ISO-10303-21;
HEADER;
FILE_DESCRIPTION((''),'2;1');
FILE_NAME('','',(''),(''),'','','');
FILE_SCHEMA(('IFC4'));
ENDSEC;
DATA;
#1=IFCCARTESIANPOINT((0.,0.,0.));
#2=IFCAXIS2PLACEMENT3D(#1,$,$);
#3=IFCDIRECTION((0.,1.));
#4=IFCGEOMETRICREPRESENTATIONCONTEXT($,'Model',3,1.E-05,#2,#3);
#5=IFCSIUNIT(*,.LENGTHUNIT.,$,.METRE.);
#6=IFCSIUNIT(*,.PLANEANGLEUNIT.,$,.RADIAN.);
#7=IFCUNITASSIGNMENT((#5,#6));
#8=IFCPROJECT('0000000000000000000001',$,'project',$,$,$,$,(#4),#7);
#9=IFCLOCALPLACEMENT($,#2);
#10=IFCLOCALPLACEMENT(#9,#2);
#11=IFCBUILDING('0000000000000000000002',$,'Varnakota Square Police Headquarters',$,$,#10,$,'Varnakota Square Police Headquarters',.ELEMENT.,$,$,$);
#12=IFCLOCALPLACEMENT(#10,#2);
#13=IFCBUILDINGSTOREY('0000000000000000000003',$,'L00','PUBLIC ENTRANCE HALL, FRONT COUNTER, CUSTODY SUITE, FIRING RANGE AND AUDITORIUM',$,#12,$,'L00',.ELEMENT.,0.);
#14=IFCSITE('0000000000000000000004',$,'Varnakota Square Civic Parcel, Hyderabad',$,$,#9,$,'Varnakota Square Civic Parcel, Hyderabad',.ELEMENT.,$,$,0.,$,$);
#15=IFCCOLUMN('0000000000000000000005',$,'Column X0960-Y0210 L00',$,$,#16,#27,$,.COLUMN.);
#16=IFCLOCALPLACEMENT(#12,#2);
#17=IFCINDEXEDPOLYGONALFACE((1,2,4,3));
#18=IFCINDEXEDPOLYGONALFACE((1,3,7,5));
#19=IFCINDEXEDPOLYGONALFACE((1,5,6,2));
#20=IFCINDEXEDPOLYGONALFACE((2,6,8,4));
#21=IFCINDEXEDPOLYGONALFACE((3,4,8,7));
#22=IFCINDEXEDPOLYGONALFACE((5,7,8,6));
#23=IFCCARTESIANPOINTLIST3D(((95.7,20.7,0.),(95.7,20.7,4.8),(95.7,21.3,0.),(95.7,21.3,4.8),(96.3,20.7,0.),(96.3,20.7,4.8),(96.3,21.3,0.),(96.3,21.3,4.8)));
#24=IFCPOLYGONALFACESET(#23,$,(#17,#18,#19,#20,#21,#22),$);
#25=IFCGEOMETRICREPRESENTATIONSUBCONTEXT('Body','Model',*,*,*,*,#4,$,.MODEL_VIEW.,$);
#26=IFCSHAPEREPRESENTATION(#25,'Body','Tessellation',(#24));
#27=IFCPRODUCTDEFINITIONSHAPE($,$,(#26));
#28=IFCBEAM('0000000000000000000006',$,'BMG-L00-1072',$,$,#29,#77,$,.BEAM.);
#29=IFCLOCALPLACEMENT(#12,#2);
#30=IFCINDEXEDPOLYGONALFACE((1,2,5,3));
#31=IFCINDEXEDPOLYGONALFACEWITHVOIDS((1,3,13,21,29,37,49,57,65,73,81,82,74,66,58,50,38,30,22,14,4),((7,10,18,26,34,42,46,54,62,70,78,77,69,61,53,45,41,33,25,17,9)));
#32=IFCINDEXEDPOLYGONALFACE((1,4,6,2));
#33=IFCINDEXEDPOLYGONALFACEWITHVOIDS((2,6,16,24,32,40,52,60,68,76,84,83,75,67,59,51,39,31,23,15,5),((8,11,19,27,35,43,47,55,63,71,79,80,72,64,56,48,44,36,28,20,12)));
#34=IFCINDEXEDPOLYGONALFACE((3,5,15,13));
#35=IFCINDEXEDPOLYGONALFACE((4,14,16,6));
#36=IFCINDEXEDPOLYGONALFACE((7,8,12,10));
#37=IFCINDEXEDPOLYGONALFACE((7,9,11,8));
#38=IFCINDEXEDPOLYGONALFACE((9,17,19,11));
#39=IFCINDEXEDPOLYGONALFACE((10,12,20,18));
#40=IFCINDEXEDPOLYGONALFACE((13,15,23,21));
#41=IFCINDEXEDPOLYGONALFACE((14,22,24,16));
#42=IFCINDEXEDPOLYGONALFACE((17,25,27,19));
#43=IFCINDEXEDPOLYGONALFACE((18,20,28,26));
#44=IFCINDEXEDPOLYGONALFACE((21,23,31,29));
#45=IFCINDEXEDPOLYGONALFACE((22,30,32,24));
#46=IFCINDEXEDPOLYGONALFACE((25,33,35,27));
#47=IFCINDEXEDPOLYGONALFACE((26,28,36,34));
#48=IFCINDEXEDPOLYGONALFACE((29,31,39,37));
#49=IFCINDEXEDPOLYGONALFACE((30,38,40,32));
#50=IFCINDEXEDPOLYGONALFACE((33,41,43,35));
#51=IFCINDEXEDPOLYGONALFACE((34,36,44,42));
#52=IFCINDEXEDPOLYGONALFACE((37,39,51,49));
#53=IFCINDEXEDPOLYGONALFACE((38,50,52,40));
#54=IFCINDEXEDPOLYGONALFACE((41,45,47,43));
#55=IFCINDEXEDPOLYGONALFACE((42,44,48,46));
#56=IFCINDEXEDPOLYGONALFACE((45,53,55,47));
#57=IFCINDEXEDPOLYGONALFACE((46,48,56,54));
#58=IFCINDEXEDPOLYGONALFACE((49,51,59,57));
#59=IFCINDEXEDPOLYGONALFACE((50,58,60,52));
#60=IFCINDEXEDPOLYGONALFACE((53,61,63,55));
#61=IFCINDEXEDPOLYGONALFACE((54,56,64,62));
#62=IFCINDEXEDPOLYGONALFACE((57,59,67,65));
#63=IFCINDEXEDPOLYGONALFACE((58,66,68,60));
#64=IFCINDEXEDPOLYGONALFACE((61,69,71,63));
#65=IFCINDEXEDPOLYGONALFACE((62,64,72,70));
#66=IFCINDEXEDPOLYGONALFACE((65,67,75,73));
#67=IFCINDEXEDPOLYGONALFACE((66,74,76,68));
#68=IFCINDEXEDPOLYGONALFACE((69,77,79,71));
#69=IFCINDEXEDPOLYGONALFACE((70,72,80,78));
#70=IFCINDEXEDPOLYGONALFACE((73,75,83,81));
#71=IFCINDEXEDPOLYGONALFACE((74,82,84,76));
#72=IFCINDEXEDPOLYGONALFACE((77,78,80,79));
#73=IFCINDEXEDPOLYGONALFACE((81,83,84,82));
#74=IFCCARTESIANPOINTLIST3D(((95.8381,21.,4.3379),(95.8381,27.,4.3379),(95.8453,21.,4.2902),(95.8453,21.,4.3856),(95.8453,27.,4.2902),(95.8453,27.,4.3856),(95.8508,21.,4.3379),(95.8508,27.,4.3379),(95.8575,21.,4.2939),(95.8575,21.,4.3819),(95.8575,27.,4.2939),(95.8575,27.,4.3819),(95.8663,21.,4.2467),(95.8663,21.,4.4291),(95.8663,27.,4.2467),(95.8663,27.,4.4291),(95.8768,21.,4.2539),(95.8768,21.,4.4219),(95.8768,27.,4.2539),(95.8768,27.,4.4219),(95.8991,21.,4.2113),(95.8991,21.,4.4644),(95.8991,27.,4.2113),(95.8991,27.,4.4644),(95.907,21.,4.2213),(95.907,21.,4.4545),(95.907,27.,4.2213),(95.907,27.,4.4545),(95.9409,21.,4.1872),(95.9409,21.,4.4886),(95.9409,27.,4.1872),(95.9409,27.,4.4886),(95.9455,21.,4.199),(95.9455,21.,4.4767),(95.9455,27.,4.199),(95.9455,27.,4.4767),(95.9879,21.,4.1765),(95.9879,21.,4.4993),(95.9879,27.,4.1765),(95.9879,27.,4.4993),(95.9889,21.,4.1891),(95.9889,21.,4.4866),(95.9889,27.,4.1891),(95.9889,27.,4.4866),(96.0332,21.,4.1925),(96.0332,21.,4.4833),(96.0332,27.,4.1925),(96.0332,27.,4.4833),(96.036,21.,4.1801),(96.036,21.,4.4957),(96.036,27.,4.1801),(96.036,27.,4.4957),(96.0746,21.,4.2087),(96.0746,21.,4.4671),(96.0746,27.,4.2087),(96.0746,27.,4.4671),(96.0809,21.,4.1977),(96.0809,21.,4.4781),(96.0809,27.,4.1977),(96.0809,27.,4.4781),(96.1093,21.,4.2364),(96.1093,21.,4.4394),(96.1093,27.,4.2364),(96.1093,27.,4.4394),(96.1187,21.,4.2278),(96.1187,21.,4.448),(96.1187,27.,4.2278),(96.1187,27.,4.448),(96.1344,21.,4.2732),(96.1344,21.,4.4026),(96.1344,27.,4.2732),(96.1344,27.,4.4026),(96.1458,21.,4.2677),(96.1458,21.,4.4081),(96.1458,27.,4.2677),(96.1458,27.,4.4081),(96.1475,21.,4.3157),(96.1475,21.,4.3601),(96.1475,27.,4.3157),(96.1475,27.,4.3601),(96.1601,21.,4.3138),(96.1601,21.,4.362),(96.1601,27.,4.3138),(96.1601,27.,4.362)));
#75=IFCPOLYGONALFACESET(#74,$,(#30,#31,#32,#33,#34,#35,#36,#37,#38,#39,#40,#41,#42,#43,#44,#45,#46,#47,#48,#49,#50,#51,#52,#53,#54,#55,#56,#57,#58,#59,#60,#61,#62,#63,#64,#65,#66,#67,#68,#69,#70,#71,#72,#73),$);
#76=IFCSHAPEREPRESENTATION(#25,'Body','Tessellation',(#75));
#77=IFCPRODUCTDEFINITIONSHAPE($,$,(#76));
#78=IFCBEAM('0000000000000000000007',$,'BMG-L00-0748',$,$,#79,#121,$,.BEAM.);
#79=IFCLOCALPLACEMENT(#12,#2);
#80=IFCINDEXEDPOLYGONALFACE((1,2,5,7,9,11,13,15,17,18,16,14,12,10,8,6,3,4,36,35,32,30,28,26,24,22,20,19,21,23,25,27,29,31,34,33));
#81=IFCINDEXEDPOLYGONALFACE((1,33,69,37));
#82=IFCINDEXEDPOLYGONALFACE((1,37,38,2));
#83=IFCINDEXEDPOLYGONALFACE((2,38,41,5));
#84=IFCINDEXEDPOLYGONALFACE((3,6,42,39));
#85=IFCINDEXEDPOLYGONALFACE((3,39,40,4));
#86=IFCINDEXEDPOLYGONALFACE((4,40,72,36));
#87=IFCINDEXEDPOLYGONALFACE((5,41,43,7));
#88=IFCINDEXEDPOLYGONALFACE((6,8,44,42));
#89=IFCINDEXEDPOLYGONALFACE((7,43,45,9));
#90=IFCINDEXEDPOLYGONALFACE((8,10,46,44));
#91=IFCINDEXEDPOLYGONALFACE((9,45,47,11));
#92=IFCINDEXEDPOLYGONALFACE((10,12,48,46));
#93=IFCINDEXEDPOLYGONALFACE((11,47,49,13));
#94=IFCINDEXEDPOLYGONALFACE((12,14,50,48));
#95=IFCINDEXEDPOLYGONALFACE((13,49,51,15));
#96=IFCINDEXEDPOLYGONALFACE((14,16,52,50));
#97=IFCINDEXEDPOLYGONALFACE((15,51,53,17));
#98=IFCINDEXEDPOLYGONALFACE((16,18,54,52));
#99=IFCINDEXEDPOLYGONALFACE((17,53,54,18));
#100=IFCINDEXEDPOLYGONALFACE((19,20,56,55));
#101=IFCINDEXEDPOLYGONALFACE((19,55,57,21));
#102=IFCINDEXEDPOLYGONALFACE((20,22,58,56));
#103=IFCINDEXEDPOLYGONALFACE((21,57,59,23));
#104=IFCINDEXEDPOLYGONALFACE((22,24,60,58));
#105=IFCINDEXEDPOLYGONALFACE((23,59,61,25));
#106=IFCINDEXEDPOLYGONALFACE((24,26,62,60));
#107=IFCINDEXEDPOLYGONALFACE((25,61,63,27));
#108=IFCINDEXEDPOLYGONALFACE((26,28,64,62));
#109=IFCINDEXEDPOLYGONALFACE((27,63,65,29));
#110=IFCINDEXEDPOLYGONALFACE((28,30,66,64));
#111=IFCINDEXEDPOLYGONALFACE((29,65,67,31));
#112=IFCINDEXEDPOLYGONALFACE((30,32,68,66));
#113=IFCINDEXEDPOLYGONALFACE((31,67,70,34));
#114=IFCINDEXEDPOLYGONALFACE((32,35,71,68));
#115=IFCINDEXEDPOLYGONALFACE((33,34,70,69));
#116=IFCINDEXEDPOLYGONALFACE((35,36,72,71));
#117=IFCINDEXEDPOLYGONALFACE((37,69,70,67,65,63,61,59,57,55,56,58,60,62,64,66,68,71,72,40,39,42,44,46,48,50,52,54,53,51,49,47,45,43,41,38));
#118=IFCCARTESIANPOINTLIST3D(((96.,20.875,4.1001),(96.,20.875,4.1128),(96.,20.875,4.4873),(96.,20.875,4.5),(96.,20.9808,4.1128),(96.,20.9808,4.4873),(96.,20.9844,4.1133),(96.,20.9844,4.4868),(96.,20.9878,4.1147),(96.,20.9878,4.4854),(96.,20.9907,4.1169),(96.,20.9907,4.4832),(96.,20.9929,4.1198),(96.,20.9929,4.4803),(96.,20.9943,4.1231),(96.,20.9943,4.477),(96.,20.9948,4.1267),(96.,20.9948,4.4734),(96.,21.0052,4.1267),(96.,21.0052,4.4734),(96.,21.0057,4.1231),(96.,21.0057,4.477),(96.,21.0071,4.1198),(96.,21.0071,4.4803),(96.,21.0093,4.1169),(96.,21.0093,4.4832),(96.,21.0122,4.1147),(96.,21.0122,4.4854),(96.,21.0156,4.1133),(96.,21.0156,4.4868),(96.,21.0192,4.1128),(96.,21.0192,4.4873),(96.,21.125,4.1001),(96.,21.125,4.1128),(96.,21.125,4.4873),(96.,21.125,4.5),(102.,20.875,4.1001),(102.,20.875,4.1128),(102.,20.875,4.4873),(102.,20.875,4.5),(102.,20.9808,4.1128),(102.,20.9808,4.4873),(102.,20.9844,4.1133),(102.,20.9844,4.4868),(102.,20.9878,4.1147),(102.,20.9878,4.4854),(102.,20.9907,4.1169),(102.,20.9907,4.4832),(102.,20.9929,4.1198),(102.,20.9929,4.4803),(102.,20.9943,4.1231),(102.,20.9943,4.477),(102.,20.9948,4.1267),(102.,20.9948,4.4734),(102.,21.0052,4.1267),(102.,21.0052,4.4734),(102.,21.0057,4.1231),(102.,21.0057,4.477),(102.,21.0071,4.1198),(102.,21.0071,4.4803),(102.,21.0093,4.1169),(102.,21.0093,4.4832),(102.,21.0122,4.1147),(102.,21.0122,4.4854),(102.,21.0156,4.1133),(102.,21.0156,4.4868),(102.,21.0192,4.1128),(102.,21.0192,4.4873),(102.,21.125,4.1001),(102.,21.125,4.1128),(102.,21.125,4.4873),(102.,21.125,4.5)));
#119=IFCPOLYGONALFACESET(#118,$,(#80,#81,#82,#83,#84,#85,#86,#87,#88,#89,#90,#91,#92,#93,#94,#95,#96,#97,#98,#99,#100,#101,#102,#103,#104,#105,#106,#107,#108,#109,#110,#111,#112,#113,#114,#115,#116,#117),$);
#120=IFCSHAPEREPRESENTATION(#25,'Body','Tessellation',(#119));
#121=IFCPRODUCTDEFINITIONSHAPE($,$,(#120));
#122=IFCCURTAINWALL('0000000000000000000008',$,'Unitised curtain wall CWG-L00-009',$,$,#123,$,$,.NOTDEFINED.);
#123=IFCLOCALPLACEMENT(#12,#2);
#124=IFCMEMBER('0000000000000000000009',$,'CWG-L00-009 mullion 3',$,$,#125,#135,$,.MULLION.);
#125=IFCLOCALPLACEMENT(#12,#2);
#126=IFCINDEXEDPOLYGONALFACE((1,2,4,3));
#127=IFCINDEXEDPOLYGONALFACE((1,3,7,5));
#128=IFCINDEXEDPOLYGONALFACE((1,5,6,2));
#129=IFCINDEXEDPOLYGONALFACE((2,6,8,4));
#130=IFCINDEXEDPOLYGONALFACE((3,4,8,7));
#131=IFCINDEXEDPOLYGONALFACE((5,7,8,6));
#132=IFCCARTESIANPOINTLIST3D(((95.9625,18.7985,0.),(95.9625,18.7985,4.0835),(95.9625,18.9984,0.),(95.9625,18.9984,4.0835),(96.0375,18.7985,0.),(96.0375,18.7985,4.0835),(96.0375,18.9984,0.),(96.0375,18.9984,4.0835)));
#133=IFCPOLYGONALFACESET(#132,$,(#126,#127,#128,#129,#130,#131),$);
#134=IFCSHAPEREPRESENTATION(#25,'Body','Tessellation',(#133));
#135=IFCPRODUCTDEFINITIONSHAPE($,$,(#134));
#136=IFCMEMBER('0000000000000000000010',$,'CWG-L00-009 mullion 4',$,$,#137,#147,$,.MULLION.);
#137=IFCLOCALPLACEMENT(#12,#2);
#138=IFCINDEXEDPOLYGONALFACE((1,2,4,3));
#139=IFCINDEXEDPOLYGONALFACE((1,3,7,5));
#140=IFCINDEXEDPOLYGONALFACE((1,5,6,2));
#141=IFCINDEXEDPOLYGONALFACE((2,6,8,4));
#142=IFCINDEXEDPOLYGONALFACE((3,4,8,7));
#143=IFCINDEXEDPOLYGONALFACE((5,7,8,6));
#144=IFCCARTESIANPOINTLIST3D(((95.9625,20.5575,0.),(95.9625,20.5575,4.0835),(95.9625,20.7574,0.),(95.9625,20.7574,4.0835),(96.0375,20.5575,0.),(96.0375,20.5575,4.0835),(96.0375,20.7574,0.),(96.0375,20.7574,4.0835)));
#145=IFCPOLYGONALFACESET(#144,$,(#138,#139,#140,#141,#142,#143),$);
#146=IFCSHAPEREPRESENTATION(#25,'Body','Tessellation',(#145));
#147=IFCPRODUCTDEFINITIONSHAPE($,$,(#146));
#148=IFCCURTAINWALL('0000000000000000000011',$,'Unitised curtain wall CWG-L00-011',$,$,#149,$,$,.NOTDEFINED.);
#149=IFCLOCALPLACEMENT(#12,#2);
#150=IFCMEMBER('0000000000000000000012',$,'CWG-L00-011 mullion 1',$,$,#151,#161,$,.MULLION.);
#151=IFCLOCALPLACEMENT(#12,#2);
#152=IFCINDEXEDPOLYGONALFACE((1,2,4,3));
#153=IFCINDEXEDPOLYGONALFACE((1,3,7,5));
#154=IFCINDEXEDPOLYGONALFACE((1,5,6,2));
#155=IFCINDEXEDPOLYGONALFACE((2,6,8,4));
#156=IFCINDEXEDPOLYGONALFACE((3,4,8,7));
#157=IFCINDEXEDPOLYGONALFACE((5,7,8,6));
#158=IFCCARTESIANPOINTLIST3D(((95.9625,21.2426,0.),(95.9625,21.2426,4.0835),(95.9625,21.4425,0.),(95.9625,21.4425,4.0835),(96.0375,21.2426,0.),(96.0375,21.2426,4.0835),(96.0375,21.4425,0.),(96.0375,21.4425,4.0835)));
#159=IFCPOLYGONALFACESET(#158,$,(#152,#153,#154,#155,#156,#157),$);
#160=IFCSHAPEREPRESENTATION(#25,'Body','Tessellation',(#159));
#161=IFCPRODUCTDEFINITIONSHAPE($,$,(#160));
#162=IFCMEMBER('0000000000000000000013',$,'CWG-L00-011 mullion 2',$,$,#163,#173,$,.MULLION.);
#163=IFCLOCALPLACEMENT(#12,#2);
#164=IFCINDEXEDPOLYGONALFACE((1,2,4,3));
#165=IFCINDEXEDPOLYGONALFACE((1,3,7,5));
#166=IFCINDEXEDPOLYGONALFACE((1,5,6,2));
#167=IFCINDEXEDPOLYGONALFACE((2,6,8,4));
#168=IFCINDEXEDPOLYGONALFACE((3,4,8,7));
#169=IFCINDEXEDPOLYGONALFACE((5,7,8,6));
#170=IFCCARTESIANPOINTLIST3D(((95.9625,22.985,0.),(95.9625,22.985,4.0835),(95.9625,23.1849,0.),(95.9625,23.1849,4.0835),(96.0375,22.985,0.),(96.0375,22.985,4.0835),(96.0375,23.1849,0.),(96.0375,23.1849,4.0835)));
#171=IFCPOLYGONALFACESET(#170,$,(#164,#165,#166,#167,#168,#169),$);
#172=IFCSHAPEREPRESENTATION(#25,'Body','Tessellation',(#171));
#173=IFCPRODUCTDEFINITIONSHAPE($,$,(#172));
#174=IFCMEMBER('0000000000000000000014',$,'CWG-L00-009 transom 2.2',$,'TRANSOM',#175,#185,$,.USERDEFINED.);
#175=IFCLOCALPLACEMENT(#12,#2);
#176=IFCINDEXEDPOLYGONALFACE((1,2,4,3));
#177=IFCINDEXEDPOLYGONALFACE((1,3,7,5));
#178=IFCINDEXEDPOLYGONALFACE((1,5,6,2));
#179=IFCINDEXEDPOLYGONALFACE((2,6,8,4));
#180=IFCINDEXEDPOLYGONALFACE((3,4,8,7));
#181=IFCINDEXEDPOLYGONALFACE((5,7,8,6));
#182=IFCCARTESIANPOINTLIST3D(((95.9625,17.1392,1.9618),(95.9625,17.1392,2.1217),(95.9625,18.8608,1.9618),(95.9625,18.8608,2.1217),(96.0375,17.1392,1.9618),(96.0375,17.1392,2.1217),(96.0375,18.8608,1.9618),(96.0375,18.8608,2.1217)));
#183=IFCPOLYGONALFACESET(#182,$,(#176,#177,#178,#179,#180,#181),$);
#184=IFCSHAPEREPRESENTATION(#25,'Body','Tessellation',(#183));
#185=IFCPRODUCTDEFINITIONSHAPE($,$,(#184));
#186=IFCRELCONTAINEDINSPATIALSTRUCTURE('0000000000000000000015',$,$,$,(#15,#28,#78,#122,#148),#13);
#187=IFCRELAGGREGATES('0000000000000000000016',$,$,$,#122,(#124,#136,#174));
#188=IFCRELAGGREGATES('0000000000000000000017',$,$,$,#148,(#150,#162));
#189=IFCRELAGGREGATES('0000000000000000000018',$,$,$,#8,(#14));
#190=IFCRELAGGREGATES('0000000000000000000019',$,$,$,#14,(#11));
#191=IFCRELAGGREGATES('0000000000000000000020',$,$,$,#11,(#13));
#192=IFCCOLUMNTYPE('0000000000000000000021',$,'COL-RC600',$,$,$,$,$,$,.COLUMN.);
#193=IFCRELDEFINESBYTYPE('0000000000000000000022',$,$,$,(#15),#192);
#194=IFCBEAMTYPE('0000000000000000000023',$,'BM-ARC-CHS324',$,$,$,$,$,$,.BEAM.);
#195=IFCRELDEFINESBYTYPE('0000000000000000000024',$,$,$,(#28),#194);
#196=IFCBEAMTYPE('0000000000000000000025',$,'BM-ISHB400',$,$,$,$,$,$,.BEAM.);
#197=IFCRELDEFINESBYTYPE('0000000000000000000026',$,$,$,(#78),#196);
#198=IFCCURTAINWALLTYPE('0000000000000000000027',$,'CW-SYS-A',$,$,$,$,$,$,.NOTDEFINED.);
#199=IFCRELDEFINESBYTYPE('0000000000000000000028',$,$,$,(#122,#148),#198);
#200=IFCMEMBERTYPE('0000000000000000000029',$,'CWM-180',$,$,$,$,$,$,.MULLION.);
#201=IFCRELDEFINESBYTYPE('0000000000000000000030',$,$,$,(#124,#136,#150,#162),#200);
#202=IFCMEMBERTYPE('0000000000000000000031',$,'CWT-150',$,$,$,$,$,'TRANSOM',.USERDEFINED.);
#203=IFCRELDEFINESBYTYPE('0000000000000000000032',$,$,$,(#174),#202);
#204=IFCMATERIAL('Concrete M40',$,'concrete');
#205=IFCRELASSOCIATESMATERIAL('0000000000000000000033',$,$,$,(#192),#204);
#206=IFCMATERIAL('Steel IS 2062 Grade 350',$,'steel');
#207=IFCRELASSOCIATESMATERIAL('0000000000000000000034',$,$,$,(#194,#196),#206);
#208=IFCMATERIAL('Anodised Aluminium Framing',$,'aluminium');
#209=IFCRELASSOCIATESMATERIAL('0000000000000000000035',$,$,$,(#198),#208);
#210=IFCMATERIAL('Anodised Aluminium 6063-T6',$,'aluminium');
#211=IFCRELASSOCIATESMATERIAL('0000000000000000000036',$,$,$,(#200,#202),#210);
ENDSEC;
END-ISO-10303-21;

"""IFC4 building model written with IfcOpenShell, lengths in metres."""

from ifc_helpers import new_model, si_unit, direction, frame, origin, origin_2d, place, context, subcontext, project, spatial, rectangle, hollow_circle, i_section, extrude, material, material_profile, profile_set, type_object, element, aggregate, save


model = new_model("IFC4")

# Units and contexts
model_context = context("Model", 3, precision=1e-05, world=origin(), true_north=direction((0.0, 1.0)))
body_context = subcontext(model_context, "Body", "Model", "MODEL_VIEW")
ifc_project = project(units=[si_unit("LENGTHUNIT", "METRE"), si_unit("PLANEANGLEUNIT", "RADIAN")], contexts=[model_context])

# Site, building, storey
site_placement = place(None, origin())
site = spatial("IfcSite", under=ifc_project, at=site_placement, Name="Varnakota Square Civic Parcel, Hyderabad", LongName="Varnakota Square Civic Parcel, Hyderabad", CompositionType="ELEMENT", RefElevation=0.0)
building_placement = place(site_placement, origin())
building = spatial("IfcBuilding", under=site, at=building_placement, Name="Varnakota Square Police Headquarters", LongName="Varnakota Square Police Headquarters", CompositionType="ELEMENT")
storey_placement = place(building_placement, origin())
storey = spatial("IfcBuildingStorey", under=building, at=storey_placement, Name="L00", Description="PUBLIC ENTRANCE HALL, FRONT COUNTER, CUSTODY SUITE, FIRING RANGE AND AUDITORIUM", LongName="L00", CompositionType="ELEMENT", Elevation=0.0)

# Column
ifc_material_1 = material(Name="Concrete M40", Category="concrete")
ifc_material_profile_1 = material_profile(ifc_material_1, rectangle(XDim=0.6001, YDim=0.6001, at=origin_2d()), Name="RC 600x600")
ifc_profile_set_1 = profile_set([ifc_material_profile_1], Name="Concrete M40")
column_type = type_object("IfcColumnType", Name="COL-RC600", PredefinedType="COLUMN", material=ifc_profile_set_1)
column_placement = place(storey_placement, frame((96.0, 21.0, 0.0), z_axis=(0.0, 0.0, 1.0), x_axis=(1.0, 0.0, 0.0)))
element("IfcColumn", 1, at=column_placement, inside=storey, type_object=column_type, Name="Column X0960-Y0210 L00", PredefinedType="COLUMN", context=body_context, shape_type="SweptSolid", body=[
    extrude(rectangle(XDim=0.6001, YDim=0.6001, at=origin_2d()), origin(), (0.0, 0.0, 1.0), 4.8),
])

# Beams
ifc_material_2 = material(Name="Steel IS 2062 Grade 350", Category="steel")
ifc_material_profile_2 = material_profile(ifc_material_2, hollow_circle(Radius=0.1619, WallThickness=0.0127, at=origin_2d()), Name="CHS 323.9x12.7")
ifc_profile_set_2 = profile_set([ifc_material_profile_2], Name="Steel IS 2062 Grade 350")
beam_type_1 = type_object("IfcBeamType", Name="BM-ARC-CHS324", PredefinedType="BEAM", material=ifc_profile_set_2)
beam_1_placement = place(storey_placement, frame((96.0, 21.0, 4.3379), z_axis=(0.0, 1.0, 0.0), x_axis=(-1.0, 0.0, 0.0)))
element("IfcBeam", 2, at=beam_1_placement, inside=storey, type_object=beam_type_1, Name="BMG-L00-1072", PredefinedType="BEAM", context=body_context, shape_type="SweptSolid", body=[
    extrude(hollow_circle(Radius=0.1619, WallThickness=0.0127, at=origin_2d()), origin(), (0.0, 0.0, 1.0), 6.0),
])
ifc_material_profile_3 = material_profile(ifc_material_2, i_section(OverallWidth=0.25, OverallDepth=0.3999, WebThickness=0.0105, FlangeThickness=0.0127, FilletRadius=0.0139, at=origin_2d()), Name="ISHB 400")
ifc_profile_set_3 = profile_set([ifc_material_profile_3], Name="Steel IS 2062 Grade 350")
beam_type_2 = type_object("IfcBeamType", Name="BM-ISHB400", PredefinedType="BEAM", material=ifc_profile_set_3)
beam_2_placement = place(storey_placement, frame((96.0, 21.0, 4.3), z_axis=(1.0, 0.0, 0.0), x_axis=(0.0, 1.0, 0.0)))
element("IfcBeam", 3, at=beam_2_placement, inside=storey, type_object=beam_type_2, Name="BMG-L00-0748", PredefinedType="BEAM", context=body_context, shape_type="SweptSolid", body=[
    extrude(i_section(OverallWidth=0.25, OverallDepth=0.3999, WebThickness=0.0105, FlangeThickness=0.0127, FilletRadius=0.0139, at=origin_2d()), origin(), (0.0, 0.0, 1.0), 6.0),
])

# Curtain walls, members
ifc_material_3 = material(Name="Anodised Aluminium Framing", Category="aluminium")
curtain_wall_type = type_object("IfcCurtainWallType", Name="CW-SYS-A", PredefinedType="NOTDEFINED", material=ifc_material_3)
curtain_wall_1_placement = place(storey_placement, origin())
curtain_wall_1 = element("IfcCurtainWall", 4, at=curtain_wall_1_placement, inside=storey, type_object=curtain_wall_type, Name="Unitised curtain wall CWG-L00-009", PredefinedType="NOTDEFINED")
ifc_material_4 = material(Name="Anodised Aluminium 6063-T6", Category="aluminium")
ifc_material_profile_4 = material_profile(ifc_material_4, rectangle(XDim=0.075, YDim=0.2, at=origin_2d()), Name="ALU MULLION 75x200")
ifc_profile_set_4 = profile_set([ifc_material_profile_4], Name="Anodised Aluminium 6063-T6")
member_type_1 = type_object("IfcMemberType", Name="CWM-180", PredefinedType="MULLION", material=ifc_profile_set_4)
member_1_placement = place(storey_placement, frame((96.0, 18.8984, 0.0), z_axis=(0.0, 0.0, 1.0), x_axis=(-1.0, 0.0, 0.0)))
member_1 = element("IfcMember", 5, at=member_1_placement, type_object=member_type_1, Name="CWG-L00-009 mullion 3", PredefinedType="MULLION", context=body_context, shape_type="SweptSolid", body=[
    extrude(rectangle(XDim=0.075, YDim=0.2, at=origin_2d()), origin(), (0.0, 0.0, 1.0), 4.0835),
])
member_2_placement = place(storey_placement, frame((96.0, 20.6575, 0.0), z_axis=(0.0, 0.0, 1.0), x_axis=(-1.0, 0.0, 0.0)))
member_2 = element("IfcMember", 6, at=member_2_placement, type_object=member_type_1, Name="CWG-L00-009 mullion 4", PredefinedType="MULLION", context=body_context, shape_type="SweptSolid", body=[
    extrude(rectangle(XDim=0.075, YDim=0.2, at=origin_2d()), origin(), (0.0, 0.0, 1.0), 4.0835),
])
curtain_wall_2_placement = place(storey_placement, origin())
curtain_wall_2 = element("IfcCurtainWall", 7, at=curtain_wall_2_placement, inside=storey, type_object=curtain_wall_type, Name="Unitised curtain wall CWG-L00-011", PredefinedType="NOTDEFINED")
member_3_placement = place(storey_placement, frame((96.0, 21.3425, 0.0), z_axis=(0.0, 0.0, 1.0), x_axis=(-1.0, 0.0, 0.0)))
member_3 = element("IfcMember", 8, at=member_3_placement, type_object=member_type_1, Name="CWG-L00-011 mullion 1", PredefinedType="MULLION", context=body_context, shape_type="SweptSolid", body=[
    extrude(rectangle(XDim=0.075, YDim=0.2, at=origin_2d()), origin(), (0.0, 0.0, 1.0), 4.0835),
])
member_4_placement = place(storey_placement, frame((96.0, 23.085, 0.0), z_axis=(0.0, 0.0, 1.0), x_axis=(-1.0, 0.0, 0.0)))
member_4 = element("IfcMember", 9, at=member_4_placement, type_object=member_type_1, Name="CWG-L00-011 mullion 2", PredefinedType="MULLION", context=body_context, shape_type="SweptSolid", body=[
    extrude(rectangle(XDim=0.075, YDim=0.2, at=origin_2d()), origin(), (0.0, 0.0, 1.0), 4.0835),
])

# Member
ifc_material_profile_5 = material_profile(ifc_material_4, rectangle(XDim=0.075, YDim=0.1599, at=origin_2d()), Name="ALU TRANSOM 75x160")
ifc_profile_set_5 = profile_set([ifc_material_profile_5], Name="Anodised Aluminium 6063-T6")
member_type_2 = type_object("IfcMemberType", Name="CWT-150", ElementType="TRANSOM", PredefinedType="USERDEFINED", material=ifc_profile_set_5)
member_5_placement = place(storey_placement, frame((96.0, 17.1392, 2.0417), z_axis=(0.0, 1.0, 0.0), x_axis=(-1.0, 0.0, 0.0)))
member_5 = element("IfcMember", 10, at=member_5_placement, type_object=member_type_2, Name="CWG-L00-009 transom 2.2", ObjectType="TRANSOM", PredefinedType="USERDEFINED", context=body_context, shape_type="SweptSolid", body=[
    extrude(rectangle(XDim=0.075, YDim=0.1599, at=origin_2d()), origin(), (0.0, 0.0, 1.0), 1.7217),
])

aggregate(curtain_wall_1, [member_1, member_2, member_5])
aggregate(curtain_wall_2, [member_3, member_4])

save(model, "model.ifc")
